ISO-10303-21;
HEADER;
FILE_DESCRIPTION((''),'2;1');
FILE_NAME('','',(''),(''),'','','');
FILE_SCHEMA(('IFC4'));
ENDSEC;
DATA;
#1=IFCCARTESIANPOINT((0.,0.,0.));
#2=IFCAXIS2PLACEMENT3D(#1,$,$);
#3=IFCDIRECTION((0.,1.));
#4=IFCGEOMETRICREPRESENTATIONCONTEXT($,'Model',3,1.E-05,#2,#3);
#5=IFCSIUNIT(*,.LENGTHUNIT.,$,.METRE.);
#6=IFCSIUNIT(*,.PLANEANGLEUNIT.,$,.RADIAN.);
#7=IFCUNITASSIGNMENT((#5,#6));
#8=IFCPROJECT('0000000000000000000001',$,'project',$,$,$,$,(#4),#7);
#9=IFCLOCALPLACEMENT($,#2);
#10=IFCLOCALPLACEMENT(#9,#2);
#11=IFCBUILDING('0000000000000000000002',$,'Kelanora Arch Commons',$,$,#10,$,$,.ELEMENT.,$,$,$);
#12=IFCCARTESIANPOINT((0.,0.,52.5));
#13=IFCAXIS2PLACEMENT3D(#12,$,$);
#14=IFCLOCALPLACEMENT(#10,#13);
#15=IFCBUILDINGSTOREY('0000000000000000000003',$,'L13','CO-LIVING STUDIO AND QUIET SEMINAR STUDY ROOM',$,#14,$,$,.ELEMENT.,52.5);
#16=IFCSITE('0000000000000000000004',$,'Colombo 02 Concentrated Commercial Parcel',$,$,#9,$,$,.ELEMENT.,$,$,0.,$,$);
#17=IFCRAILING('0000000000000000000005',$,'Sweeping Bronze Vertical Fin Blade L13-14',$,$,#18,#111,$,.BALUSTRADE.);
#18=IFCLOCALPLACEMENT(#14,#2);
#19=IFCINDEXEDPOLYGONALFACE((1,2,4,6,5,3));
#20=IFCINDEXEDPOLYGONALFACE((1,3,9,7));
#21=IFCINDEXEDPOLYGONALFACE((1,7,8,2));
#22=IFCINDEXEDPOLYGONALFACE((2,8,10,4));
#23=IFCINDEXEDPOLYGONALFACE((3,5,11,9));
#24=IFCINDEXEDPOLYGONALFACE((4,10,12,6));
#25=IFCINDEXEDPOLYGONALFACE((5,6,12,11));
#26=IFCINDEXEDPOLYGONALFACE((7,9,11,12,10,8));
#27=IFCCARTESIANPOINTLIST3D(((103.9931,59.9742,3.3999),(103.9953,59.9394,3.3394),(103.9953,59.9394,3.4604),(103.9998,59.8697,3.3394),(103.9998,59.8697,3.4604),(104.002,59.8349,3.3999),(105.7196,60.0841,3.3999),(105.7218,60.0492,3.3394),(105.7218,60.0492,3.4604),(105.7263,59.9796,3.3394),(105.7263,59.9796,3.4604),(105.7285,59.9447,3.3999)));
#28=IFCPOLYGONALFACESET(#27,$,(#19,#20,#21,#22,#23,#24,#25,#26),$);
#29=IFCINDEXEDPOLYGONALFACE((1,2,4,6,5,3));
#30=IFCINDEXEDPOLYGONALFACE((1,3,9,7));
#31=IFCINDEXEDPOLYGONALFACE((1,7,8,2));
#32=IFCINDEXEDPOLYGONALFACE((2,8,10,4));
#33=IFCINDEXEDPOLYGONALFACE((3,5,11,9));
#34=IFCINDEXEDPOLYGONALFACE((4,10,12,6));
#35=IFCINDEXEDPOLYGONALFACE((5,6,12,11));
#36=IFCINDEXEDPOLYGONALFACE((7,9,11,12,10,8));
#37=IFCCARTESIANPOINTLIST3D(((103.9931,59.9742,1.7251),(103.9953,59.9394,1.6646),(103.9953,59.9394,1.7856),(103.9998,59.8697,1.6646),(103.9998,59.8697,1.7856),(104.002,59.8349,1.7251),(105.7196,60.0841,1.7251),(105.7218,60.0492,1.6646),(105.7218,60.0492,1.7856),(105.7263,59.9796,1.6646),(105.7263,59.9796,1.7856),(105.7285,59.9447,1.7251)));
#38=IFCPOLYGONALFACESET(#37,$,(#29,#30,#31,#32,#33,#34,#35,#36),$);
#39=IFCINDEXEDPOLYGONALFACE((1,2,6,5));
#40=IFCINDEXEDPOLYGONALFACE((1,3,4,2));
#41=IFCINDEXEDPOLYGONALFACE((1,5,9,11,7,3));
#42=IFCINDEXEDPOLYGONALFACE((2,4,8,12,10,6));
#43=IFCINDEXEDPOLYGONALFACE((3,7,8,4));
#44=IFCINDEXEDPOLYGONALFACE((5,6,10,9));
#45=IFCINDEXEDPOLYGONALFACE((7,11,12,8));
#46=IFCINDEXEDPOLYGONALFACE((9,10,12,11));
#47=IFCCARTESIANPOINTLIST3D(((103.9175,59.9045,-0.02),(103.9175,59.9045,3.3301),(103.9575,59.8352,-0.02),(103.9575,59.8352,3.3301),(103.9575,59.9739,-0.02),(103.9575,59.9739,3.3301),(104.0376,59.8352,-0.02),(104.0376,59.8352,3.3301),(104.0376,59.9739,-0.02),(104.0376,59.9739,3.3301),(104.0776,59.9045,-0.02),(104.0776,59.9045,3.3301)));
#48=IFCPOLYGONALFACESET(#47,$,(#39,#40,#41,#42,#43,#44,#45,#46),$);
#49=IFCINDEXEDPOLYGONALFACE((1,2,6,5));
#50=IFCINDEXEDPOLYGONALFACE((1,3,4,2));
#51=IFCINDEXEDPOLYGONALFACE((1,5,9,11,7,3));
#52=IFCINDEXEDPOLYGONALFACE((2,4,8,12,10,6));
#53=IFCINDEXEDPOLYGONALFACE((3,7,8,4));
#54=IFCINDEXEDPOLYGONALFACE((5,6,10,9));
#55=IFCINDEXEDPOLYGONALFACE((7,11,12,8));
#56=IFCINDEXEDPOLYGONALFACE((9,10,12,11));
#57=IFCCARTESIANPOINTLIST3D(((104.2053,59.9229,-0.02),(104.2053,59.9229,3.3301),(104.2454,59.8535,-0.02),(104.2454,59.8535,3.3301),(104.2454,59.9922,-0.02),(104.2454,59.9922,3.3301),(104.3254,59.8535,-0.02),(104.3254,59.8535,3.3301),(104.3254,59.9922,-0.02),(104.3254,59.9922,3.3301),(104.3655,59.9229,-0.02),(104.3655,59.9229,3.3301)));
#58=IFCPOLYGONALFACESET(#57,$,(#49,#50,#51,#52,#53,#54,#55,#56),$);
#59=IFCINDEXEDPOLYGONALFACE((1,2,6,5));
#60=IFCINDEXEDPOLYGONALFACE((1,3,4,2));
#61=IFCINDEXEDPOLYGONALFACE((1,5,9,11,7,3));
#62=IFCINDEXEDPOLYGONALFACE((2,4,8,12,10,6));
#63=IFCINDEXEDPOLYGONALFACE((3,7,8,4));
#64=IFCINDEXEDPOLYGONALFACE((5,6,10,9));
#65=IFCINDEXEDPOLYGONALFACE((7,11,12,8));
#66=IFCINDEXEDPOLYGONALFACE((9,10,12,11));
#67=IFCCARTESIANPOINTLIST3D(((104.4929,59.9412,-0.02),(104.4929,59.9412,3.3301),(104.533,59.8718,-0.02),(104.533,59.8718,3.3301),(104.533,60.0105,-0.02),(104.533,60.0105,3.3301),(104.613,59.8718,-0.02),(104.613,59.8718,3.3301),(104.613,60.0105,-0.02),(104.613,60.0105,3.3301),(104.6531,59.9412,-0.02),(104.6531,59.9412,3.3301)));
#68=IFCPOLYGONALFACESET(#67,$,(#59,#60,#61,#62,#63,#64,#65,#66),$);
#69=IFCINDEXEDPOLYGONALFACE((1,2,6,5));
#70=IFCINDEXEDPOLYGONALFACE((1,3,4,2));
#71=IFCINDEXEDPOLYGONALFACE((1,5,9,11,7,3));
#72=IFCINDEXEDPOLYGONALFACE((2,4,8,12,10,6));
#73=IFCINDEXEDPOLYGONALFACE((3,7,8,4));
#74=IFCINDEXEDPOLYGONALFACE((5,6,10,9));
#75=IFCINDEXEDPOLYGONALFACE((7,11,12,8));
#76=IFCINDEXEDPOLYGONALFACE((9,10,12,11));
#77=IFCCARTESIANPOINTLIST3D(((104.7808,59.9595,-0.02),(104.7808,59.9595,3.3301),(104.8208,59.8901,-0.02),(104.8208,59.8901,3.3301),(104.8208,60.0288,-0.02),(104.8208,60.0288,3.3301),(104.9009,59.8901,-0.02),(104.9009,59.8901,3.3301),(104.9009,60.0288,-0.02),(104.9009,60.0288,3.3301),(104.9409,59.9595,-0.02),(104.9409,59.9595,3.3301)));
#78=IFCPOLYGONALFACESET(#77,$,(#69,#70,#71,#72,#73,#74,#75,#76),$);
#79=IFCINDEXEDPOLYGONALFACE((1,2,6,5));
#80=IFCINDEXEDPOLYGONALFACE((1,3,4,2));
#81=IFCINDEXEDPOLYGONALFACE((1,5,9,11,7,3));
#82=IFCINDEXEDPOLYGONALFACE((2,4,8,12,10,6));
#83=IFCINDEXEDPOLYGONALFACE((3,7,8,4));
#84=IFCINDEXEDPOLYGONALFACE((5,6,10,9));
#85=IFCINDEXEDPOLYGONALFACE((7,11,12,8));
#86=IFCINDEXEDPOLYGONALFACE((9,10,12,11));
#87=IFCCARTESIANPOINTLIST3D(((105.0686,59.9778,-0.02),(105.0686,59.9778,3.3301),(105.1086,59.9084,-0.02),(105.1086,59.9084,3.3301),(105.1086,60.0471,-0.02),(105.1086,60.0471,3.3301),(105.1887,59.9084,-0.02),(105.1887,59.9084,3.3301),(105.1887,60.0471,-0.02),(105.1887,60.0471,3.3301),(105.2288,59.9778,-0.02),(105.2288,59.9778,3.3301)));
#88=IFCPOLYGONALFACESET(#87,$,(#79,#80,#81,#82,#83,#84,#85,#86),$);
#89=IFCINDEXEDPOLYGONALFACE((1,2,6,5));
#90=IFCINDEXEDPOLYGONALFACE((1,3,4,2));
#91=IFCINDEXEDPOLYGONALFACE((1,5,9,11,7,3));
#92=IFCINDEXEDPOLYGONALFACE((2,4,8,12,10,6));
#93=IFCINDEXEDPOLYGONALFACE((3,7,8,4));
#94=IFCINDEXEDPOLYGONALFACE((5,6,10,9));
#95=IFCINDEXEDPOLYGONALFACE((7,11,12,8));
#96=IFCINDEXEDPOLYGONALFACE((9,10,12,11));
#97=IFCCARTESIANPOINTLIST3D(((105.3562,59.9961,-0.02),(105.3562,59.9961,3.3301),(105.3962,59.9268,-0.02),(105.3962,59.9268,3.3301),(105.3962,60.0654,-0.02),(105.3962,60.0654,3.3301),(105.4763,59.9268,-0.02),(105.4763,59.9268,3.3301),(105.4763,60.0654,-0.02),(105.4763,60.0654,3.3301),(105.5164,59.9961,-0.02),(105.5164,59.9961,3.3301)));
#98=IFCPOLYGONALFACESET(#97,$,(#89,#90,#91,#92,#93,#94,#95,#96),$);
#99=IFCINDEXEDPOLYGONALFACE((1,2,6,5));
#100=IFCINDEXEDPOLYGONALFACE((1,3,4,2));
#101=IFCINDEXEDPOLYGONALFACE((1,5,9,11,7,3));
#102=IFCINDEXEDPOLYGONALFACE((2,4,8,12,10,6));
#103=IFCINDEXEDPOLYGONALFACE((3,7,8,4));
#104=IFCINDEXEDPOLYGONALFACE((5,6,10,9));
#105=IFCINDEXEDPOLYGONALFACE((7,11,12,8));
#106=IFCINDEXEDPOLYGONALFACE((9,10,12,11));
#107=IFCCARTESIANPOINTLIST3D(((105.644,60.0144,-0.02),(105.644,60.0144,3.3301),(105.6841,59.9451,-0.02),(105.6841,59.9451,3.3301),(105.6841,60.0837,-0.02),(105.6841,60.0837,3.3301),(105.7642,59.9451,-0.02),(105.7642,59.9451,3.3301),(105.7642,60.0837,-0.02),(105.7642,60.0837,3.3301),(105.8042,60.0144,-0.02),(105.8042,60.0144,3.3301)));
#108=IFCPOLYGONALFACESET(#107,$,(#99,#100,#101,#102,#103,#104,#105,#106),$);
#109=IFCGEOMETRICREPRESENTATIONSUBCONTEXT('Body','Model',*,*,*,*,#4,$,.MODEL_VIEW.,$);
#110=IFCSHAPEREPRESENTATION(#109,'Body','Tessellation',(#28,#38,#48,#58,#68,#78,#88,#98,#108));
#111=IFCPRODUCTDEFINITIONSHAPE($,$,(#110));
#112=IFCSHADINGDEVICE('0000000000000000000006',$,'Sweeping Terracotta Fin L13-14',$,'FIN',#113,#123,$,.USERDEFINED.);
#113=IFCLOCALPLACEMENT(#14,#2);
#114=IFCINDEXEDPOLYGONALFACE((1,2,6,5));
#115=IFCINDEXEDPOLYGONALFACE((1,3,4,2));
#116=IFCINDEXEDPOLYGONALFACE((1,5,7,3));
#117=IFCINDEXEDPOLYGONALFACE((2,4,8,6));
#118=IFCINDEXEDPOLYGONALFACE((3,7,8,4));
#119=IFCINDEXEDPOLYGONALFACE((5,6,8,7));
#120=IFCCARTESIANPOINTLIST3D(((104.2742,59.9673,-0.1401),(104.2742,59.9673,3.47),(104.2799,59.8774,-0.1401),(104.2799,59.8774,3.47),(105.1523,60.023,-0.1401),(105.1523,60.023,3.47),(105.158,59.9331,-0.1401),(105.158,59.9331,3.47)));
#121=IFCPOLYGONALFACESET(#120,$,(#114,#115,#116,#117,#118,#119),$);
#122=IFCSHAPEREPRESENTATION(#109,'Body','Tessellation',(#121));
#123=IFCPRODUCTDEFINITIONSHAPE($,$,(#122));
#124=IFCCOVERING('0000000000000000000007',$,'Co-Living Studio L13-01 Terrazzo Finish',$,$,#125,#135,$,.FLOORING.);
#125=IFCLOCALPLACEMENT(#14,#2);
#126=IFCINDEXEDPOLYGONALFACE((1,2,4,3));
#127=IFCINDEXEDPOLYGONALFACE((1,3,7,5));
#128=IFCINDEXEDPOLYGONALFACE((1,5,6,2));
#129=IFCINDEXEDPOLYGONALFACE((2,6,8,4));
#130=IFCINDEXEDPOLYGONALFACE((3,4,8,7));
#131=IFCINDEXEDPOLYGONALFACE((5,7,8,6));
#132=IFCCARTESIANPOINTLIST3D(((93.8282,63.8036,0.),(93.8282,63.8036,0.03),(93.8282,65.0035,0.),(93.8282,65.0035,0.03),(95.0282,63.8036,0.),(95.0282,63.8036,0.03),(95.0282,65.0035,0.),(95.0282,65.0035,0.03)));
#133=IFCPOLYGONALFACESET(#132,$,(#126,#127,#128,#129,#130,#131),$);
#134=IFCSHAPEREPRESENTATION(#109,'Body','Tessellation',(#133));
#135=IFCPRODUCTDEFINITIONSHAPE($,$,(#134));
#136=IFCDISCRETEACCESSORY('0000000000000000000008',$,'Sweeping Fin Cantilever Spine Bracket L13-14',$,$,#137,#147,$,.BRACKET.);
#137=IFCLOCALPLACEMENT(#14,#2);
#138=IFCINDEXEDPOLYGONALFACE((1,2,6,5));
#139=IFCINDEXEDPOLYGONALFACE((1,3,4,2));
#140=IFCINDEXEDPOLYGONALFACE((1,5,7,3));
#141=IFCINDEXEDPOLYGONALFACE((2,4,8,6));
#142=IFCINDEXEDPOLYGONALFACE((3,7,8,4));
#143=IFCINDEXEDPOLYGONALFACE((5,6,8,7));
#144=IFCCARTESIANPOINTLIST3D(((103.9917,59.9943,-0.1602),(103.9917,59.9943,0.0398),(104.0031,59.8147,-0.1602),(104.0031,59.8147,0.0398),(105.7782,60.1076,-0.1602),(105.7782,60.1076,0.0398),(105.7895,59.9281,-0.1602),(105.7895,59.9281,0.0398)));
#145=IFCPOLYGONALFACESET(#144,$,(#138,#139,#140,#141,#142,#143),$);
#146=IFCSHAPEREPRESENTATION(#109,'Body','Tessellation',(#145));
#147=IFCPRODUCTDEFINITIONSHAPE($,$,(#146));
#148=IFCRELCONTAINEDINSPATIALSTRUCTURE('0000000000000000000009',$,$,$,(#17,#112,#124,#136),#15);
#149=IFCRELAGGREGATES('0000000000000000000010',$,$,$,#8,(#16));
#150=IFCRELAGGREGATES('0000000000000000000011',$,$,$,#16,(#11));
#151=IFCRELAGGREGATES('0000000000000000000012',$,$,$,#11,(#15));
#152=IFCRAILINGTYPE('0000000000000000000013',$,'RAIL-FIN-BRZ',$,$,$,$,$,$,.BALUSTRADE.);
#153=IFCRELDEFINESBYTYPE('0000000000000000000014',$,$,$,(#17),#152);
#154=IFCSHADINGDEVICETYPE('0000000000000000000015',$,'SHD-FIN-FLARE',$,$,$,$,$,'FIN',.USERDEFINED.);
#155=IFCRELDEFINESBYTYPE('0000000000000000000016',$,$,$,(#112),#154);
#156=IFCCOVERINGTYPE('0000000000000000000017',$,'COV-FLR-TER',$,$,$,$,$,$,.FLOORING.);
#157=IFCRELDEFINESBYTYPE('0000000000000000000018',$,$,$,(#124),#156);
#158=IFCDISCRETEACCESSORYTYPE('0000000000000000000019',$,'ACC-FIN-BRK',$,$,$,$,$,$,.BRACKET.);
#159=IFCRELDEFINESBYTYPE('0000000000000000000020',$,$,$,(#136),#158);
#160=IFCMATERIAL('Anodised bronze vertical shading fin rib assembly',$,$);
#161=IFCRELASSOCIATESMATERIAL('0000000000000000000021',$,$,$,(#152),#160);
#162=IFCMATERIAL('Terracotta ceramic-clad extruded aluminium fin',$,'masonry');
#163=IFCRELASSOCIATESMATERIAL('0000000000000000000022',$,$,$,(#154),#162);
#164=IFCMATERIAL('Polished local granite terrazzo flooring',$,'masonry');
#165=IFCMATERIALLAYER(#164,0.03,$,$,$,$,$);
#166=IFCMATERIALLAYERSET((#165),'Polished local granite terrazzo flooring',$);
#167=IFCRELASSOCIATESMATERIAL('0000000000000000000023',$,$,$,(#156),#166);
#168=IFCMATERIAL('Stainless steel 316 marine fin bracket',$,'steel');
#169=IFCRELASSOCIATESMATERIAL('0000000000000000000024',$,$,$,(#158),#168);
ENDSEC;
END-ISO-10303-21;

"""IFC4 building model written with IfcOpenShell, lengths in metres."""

from ifc_helpers import new_model, si_unit, direction, frame, origin, origin_2d, place, context, subcontext, project, spatial, polyline, rectangle, outline, extrude, source, transform, mapped, material, layer, layer_set, type_object, element, save


model = new_model("IFC4")

# Units and contexts
model_context = context("Model", 3, precision=1e-05, world=origin(), true_north=direction((0.0, 1.0)))
body_context = subcontext(model_context, "Body", "Model", "MODEL_VIEW")
ifc_project = project(units=[si_unit("LENGTHUNIT", "METRE"), si_unit("PLANEANGLEUNIT", "RADIAN")], contexts=[model_context])

# Site, building, storey
site_placement = place(None, origin())
site = spatial("IfcSite", under=ifc_project, at=site_placement, Name="Colombo 02 Concentrated Commercial Parcel", CompositionType="ELEMENT", RefElevation=0.0)
building_placement = place(site_placement, origin())
building = spatial("IfcBuilding", under=site, at=building_placement, Name="Kelanora Arch Commons", CompositionType="ELEMENT")
storey_placement = place(building_placement, frame((0.0, 0.0, 52.5)))
storey = spatial("IfcBuildingStorey", under=building, at=storey_placement, Name="L13", Description="CO-LIVING STUDIO AND QUIET SEMINAR STUDY ROOM", CompositionType="ELEMENT", Elevation=52.5)

# Railing
ifc_material_1 = material(Name="Anodised bronze vertical shading fin rib assembly")
railing_type = type_object("IfcRailingType", Name="RAIL-FIN-BRZ", PredefinedType="BALUSTRADE", material=ifc_material_1)
railing_placement = place(storey_placement, frame((103.9976, 59.9045, -0.02)))
element("IfcRailing", 1, at=railing_placement, inside=storey, type_object=railing_type, Name="Sweeping Bronze Vertical Fin Blade L13-14", PredefinedType="BALUSTRADE", context=body_context, shape_type="SweptSolid", body=[
    extrude(outline(polyline([(0.0698, 0.0), (0.0349, 0.0605), (-0.0349, 0.0605), (-0.0698, 0.0), (-0.0349, -0.0605), (0.0349, -0.0605), (0.0698, 0.0)])), frame((0.0, 0.0, 3.4199), z_axis=(0.997982, 0.063503, 0.0), x_axis=(-0.063503, 0.997982, 0.0)), (0.0, 0.0, 1.0), 1.73),
    extrude(outline(polyline([(0.0698, 0.0), (0.0349, 0.0605), (-0.0349, 0.0605), (-0.0698, 0.0), (-0.0349, -0.0605), (0.0349, -0.0605), (0.0698, 0.0)])), frame((0.0, 0.0, 1.7451), z_axis=(0.997982, 0.063503, 0.0), x_axis=(-0.063503, 0.997982, 0.0)), (0.0, 0.0, 1.0), 1.73),
    extrude(outline(polyline([(0.0801, 0.0), (0.04, 0.0693), (-0.04, 0.0693), (-0.0801, 0.0), (-0.04, -0.0693), (0.04, -0.0693), (0.0801, 0.0)])), origin(), (0.0, 0.0, 1.0), 3.3501),
    extrude(outline(polyline([(0.0801, 0.0), (0.04, 0.0693), (-0.04, 0.0693), (-0.0801, 0.0), (-0.04, -0.0693), (0.04, -0.0693), (0.0801, 0.0)])), frame((0.2878, 0.0183, 0.0)), (0.0, 0.0, 1.0), 3.3501),
    extrude(outline(polyline([(0.0801, 0.0), (0.04, 0.0693), (-0.04, 0.0693), (-0.0801, 0.0), (-0.04, -0.0693), (0.04, -0.0693), (0.0801, 0.0)])), frame((0.5754, 0.0366, 0.0)), (0.0, 0.0, 1.0), 3.3501),
    extrude(outline(polyline([(0.0801, 0.0), (0.04, 0.0693), (-0.04, 0.0693), (-0.0801, 0.0), (-0.04, -0.0693), (0.04, -0.0693), (0.0801, 0.0)])), frame((0.8633, 0.0549, 0.0)), (0.0, 0.0, 1.0), 3.3501),
    extrude(outline(polyline([(0.0801, 0.0), (0.04, 0.0693), (-0.04, 0.0693), (-0.0801, 0.0), (-0.04, -0.0693), (0.04, -0.0693), (0.0801, 0.0)])), frame((1.1511, 0.0732, 0.0)), (0.0, 0.0, 1.0), 3.3501),
    extrude(outline(polyline([(0.0801, 0.0), (0.04, 0.0693), (-0.04, 0.0693), (-0.0801, 0.0), (-0.04, -0.0693), (0.04, -0.0693), (0.0801, 0.0)])), frame((1.4387, 0.0916, 0.0)), (0.0, 0.0, 1.0), 3.3501),
    extrude(outline(polyline([(0.0801, 0.0), (0.04, 0.0693), (-0.04, 0.0693), (-0.0801, 0.0), (-0.04, -0.0693), (0.04, -0.0693), (0.0801, 0.0)])), frame((1.7266, 0.1099, 0.0)), (0.0, 0.0, 1.0), 3.3501),
])

# Shading device
ifc_material_2 = material(Name="Terracotta ceramic-clad extruded aluminium fin", Category="masonry")
shading_device_type = type_object("IfcShadingDeviceType", Name="SHD-FIN-FLARE", ElementType="FIN", PredefinedType="USERDEFINED", material=ifc_material_2)
shared_shape_1 = source(origin(), body_context, "Body", "SweptSolid", [
    extrude(rectangle(XDim=0.8799, YDim=0.0901, at=origin_2d()), origin(), (0.0, 0.0, 1.0), 3.6101),
])
shading_device_placement = place(storey_placement, frame((104.7161, 59.9502, -0.1401), z_axis=(0.0, 0.0, 1.0), x_axis=(0.997994, 0.063313, 0.0)))
element("IfcShadingDevice", 2, at=shading_device_placement, inside=storey, type_object=shading_device_type, Name="Sweeping Terracotta Fin L13-14", ObjectType="FIN", PredefinedType="USERDEFINED", context=body_context, shape_type="MappedRepresentation", body=[
    mapped(shared_shape_1, transform((0.0, 0.0, 0.0), scale=1.0)),
])

# Covering
ifc_material_3 = material(Name="Polished local granite terrazzo flooring", Category="masonry")
ifc_layer_1 = layer(ifc_material_3, 0.03)
ifc_layer_set_1 = layer_set([ifc_layer_1], Name="Polished local granite terrazzo flooring")
covering_type = type_object("IfcCoveringType", Name="COV-FLR-TER", PredefinedType="FLOORING", material=ifc_layer_set_1)
shared_shape_2 = source(origin(), body_context, "Body", "SweptSolid", [
    extrude(rectangle(XDim=1.2, YDim=1.2, at=origin_2d()), origin(), (0.0, 0.0, 1.0), 0.03),
])
covering_placement = place(storey_placement, frame((94.4282, 64.4036, 0.0), z_axis=(0.0, 0.0, 1.0), x_axis=(1.0, 0.0, 0.0)))
element("IfcCovering", 3, at=covering_placement, inside=storey, type_object=covering_type, Name="Co-Living Studio L13-01 Terrazzo Finish", PredefinedType="FLOORING", context=body_context, shape_type="MappedRepresentation", body=[
    mapped(shared_shape_2, transform((0.0, 0.0, 0.0), scale=1.0)),
])

# Discrete accessory
ifc_material_4 = material(Name="Stainless steel 316 marine fin bracket", Category="steel")
discrete_accessory_type = type_object("IfcDiscreteAccessoryType", Name="ACC-FIN-BRK", PredefinedType="BRACKET", material=ifc_material_4)
shared_shape_3 = source(origin(), body_context, "Body", "SweptSolid", [
    extrude(rectangle(XDim=1.79, YDim=0.1799, at=origin_2d()), origin(), (0.0, 0.0, 1.0), 0.2),
])
discrete_accessory_placement = place(storey_placement, frame((104.8906, 59.9612, -0.1602), z_axis=(0.0, 0.0, 1.0), x_axis=(0.997994, 0.063313, 0.0)))
element("IfcDiscreteAccessory", 4, at=discrete_accessory_placement, inside=storey, type_object=discrete_accessory_type, Name="Sweeping Fin Cantilever Spine Bracket L13-14", PredefinedType="BRACKET", context=body_context, shape_type="MappedRepresentation", body=[
    mapped(shared_shape_3, transform((0.0, 0.0, 0.0), scale=1.0)),
])

save(model, "model.ifc")
